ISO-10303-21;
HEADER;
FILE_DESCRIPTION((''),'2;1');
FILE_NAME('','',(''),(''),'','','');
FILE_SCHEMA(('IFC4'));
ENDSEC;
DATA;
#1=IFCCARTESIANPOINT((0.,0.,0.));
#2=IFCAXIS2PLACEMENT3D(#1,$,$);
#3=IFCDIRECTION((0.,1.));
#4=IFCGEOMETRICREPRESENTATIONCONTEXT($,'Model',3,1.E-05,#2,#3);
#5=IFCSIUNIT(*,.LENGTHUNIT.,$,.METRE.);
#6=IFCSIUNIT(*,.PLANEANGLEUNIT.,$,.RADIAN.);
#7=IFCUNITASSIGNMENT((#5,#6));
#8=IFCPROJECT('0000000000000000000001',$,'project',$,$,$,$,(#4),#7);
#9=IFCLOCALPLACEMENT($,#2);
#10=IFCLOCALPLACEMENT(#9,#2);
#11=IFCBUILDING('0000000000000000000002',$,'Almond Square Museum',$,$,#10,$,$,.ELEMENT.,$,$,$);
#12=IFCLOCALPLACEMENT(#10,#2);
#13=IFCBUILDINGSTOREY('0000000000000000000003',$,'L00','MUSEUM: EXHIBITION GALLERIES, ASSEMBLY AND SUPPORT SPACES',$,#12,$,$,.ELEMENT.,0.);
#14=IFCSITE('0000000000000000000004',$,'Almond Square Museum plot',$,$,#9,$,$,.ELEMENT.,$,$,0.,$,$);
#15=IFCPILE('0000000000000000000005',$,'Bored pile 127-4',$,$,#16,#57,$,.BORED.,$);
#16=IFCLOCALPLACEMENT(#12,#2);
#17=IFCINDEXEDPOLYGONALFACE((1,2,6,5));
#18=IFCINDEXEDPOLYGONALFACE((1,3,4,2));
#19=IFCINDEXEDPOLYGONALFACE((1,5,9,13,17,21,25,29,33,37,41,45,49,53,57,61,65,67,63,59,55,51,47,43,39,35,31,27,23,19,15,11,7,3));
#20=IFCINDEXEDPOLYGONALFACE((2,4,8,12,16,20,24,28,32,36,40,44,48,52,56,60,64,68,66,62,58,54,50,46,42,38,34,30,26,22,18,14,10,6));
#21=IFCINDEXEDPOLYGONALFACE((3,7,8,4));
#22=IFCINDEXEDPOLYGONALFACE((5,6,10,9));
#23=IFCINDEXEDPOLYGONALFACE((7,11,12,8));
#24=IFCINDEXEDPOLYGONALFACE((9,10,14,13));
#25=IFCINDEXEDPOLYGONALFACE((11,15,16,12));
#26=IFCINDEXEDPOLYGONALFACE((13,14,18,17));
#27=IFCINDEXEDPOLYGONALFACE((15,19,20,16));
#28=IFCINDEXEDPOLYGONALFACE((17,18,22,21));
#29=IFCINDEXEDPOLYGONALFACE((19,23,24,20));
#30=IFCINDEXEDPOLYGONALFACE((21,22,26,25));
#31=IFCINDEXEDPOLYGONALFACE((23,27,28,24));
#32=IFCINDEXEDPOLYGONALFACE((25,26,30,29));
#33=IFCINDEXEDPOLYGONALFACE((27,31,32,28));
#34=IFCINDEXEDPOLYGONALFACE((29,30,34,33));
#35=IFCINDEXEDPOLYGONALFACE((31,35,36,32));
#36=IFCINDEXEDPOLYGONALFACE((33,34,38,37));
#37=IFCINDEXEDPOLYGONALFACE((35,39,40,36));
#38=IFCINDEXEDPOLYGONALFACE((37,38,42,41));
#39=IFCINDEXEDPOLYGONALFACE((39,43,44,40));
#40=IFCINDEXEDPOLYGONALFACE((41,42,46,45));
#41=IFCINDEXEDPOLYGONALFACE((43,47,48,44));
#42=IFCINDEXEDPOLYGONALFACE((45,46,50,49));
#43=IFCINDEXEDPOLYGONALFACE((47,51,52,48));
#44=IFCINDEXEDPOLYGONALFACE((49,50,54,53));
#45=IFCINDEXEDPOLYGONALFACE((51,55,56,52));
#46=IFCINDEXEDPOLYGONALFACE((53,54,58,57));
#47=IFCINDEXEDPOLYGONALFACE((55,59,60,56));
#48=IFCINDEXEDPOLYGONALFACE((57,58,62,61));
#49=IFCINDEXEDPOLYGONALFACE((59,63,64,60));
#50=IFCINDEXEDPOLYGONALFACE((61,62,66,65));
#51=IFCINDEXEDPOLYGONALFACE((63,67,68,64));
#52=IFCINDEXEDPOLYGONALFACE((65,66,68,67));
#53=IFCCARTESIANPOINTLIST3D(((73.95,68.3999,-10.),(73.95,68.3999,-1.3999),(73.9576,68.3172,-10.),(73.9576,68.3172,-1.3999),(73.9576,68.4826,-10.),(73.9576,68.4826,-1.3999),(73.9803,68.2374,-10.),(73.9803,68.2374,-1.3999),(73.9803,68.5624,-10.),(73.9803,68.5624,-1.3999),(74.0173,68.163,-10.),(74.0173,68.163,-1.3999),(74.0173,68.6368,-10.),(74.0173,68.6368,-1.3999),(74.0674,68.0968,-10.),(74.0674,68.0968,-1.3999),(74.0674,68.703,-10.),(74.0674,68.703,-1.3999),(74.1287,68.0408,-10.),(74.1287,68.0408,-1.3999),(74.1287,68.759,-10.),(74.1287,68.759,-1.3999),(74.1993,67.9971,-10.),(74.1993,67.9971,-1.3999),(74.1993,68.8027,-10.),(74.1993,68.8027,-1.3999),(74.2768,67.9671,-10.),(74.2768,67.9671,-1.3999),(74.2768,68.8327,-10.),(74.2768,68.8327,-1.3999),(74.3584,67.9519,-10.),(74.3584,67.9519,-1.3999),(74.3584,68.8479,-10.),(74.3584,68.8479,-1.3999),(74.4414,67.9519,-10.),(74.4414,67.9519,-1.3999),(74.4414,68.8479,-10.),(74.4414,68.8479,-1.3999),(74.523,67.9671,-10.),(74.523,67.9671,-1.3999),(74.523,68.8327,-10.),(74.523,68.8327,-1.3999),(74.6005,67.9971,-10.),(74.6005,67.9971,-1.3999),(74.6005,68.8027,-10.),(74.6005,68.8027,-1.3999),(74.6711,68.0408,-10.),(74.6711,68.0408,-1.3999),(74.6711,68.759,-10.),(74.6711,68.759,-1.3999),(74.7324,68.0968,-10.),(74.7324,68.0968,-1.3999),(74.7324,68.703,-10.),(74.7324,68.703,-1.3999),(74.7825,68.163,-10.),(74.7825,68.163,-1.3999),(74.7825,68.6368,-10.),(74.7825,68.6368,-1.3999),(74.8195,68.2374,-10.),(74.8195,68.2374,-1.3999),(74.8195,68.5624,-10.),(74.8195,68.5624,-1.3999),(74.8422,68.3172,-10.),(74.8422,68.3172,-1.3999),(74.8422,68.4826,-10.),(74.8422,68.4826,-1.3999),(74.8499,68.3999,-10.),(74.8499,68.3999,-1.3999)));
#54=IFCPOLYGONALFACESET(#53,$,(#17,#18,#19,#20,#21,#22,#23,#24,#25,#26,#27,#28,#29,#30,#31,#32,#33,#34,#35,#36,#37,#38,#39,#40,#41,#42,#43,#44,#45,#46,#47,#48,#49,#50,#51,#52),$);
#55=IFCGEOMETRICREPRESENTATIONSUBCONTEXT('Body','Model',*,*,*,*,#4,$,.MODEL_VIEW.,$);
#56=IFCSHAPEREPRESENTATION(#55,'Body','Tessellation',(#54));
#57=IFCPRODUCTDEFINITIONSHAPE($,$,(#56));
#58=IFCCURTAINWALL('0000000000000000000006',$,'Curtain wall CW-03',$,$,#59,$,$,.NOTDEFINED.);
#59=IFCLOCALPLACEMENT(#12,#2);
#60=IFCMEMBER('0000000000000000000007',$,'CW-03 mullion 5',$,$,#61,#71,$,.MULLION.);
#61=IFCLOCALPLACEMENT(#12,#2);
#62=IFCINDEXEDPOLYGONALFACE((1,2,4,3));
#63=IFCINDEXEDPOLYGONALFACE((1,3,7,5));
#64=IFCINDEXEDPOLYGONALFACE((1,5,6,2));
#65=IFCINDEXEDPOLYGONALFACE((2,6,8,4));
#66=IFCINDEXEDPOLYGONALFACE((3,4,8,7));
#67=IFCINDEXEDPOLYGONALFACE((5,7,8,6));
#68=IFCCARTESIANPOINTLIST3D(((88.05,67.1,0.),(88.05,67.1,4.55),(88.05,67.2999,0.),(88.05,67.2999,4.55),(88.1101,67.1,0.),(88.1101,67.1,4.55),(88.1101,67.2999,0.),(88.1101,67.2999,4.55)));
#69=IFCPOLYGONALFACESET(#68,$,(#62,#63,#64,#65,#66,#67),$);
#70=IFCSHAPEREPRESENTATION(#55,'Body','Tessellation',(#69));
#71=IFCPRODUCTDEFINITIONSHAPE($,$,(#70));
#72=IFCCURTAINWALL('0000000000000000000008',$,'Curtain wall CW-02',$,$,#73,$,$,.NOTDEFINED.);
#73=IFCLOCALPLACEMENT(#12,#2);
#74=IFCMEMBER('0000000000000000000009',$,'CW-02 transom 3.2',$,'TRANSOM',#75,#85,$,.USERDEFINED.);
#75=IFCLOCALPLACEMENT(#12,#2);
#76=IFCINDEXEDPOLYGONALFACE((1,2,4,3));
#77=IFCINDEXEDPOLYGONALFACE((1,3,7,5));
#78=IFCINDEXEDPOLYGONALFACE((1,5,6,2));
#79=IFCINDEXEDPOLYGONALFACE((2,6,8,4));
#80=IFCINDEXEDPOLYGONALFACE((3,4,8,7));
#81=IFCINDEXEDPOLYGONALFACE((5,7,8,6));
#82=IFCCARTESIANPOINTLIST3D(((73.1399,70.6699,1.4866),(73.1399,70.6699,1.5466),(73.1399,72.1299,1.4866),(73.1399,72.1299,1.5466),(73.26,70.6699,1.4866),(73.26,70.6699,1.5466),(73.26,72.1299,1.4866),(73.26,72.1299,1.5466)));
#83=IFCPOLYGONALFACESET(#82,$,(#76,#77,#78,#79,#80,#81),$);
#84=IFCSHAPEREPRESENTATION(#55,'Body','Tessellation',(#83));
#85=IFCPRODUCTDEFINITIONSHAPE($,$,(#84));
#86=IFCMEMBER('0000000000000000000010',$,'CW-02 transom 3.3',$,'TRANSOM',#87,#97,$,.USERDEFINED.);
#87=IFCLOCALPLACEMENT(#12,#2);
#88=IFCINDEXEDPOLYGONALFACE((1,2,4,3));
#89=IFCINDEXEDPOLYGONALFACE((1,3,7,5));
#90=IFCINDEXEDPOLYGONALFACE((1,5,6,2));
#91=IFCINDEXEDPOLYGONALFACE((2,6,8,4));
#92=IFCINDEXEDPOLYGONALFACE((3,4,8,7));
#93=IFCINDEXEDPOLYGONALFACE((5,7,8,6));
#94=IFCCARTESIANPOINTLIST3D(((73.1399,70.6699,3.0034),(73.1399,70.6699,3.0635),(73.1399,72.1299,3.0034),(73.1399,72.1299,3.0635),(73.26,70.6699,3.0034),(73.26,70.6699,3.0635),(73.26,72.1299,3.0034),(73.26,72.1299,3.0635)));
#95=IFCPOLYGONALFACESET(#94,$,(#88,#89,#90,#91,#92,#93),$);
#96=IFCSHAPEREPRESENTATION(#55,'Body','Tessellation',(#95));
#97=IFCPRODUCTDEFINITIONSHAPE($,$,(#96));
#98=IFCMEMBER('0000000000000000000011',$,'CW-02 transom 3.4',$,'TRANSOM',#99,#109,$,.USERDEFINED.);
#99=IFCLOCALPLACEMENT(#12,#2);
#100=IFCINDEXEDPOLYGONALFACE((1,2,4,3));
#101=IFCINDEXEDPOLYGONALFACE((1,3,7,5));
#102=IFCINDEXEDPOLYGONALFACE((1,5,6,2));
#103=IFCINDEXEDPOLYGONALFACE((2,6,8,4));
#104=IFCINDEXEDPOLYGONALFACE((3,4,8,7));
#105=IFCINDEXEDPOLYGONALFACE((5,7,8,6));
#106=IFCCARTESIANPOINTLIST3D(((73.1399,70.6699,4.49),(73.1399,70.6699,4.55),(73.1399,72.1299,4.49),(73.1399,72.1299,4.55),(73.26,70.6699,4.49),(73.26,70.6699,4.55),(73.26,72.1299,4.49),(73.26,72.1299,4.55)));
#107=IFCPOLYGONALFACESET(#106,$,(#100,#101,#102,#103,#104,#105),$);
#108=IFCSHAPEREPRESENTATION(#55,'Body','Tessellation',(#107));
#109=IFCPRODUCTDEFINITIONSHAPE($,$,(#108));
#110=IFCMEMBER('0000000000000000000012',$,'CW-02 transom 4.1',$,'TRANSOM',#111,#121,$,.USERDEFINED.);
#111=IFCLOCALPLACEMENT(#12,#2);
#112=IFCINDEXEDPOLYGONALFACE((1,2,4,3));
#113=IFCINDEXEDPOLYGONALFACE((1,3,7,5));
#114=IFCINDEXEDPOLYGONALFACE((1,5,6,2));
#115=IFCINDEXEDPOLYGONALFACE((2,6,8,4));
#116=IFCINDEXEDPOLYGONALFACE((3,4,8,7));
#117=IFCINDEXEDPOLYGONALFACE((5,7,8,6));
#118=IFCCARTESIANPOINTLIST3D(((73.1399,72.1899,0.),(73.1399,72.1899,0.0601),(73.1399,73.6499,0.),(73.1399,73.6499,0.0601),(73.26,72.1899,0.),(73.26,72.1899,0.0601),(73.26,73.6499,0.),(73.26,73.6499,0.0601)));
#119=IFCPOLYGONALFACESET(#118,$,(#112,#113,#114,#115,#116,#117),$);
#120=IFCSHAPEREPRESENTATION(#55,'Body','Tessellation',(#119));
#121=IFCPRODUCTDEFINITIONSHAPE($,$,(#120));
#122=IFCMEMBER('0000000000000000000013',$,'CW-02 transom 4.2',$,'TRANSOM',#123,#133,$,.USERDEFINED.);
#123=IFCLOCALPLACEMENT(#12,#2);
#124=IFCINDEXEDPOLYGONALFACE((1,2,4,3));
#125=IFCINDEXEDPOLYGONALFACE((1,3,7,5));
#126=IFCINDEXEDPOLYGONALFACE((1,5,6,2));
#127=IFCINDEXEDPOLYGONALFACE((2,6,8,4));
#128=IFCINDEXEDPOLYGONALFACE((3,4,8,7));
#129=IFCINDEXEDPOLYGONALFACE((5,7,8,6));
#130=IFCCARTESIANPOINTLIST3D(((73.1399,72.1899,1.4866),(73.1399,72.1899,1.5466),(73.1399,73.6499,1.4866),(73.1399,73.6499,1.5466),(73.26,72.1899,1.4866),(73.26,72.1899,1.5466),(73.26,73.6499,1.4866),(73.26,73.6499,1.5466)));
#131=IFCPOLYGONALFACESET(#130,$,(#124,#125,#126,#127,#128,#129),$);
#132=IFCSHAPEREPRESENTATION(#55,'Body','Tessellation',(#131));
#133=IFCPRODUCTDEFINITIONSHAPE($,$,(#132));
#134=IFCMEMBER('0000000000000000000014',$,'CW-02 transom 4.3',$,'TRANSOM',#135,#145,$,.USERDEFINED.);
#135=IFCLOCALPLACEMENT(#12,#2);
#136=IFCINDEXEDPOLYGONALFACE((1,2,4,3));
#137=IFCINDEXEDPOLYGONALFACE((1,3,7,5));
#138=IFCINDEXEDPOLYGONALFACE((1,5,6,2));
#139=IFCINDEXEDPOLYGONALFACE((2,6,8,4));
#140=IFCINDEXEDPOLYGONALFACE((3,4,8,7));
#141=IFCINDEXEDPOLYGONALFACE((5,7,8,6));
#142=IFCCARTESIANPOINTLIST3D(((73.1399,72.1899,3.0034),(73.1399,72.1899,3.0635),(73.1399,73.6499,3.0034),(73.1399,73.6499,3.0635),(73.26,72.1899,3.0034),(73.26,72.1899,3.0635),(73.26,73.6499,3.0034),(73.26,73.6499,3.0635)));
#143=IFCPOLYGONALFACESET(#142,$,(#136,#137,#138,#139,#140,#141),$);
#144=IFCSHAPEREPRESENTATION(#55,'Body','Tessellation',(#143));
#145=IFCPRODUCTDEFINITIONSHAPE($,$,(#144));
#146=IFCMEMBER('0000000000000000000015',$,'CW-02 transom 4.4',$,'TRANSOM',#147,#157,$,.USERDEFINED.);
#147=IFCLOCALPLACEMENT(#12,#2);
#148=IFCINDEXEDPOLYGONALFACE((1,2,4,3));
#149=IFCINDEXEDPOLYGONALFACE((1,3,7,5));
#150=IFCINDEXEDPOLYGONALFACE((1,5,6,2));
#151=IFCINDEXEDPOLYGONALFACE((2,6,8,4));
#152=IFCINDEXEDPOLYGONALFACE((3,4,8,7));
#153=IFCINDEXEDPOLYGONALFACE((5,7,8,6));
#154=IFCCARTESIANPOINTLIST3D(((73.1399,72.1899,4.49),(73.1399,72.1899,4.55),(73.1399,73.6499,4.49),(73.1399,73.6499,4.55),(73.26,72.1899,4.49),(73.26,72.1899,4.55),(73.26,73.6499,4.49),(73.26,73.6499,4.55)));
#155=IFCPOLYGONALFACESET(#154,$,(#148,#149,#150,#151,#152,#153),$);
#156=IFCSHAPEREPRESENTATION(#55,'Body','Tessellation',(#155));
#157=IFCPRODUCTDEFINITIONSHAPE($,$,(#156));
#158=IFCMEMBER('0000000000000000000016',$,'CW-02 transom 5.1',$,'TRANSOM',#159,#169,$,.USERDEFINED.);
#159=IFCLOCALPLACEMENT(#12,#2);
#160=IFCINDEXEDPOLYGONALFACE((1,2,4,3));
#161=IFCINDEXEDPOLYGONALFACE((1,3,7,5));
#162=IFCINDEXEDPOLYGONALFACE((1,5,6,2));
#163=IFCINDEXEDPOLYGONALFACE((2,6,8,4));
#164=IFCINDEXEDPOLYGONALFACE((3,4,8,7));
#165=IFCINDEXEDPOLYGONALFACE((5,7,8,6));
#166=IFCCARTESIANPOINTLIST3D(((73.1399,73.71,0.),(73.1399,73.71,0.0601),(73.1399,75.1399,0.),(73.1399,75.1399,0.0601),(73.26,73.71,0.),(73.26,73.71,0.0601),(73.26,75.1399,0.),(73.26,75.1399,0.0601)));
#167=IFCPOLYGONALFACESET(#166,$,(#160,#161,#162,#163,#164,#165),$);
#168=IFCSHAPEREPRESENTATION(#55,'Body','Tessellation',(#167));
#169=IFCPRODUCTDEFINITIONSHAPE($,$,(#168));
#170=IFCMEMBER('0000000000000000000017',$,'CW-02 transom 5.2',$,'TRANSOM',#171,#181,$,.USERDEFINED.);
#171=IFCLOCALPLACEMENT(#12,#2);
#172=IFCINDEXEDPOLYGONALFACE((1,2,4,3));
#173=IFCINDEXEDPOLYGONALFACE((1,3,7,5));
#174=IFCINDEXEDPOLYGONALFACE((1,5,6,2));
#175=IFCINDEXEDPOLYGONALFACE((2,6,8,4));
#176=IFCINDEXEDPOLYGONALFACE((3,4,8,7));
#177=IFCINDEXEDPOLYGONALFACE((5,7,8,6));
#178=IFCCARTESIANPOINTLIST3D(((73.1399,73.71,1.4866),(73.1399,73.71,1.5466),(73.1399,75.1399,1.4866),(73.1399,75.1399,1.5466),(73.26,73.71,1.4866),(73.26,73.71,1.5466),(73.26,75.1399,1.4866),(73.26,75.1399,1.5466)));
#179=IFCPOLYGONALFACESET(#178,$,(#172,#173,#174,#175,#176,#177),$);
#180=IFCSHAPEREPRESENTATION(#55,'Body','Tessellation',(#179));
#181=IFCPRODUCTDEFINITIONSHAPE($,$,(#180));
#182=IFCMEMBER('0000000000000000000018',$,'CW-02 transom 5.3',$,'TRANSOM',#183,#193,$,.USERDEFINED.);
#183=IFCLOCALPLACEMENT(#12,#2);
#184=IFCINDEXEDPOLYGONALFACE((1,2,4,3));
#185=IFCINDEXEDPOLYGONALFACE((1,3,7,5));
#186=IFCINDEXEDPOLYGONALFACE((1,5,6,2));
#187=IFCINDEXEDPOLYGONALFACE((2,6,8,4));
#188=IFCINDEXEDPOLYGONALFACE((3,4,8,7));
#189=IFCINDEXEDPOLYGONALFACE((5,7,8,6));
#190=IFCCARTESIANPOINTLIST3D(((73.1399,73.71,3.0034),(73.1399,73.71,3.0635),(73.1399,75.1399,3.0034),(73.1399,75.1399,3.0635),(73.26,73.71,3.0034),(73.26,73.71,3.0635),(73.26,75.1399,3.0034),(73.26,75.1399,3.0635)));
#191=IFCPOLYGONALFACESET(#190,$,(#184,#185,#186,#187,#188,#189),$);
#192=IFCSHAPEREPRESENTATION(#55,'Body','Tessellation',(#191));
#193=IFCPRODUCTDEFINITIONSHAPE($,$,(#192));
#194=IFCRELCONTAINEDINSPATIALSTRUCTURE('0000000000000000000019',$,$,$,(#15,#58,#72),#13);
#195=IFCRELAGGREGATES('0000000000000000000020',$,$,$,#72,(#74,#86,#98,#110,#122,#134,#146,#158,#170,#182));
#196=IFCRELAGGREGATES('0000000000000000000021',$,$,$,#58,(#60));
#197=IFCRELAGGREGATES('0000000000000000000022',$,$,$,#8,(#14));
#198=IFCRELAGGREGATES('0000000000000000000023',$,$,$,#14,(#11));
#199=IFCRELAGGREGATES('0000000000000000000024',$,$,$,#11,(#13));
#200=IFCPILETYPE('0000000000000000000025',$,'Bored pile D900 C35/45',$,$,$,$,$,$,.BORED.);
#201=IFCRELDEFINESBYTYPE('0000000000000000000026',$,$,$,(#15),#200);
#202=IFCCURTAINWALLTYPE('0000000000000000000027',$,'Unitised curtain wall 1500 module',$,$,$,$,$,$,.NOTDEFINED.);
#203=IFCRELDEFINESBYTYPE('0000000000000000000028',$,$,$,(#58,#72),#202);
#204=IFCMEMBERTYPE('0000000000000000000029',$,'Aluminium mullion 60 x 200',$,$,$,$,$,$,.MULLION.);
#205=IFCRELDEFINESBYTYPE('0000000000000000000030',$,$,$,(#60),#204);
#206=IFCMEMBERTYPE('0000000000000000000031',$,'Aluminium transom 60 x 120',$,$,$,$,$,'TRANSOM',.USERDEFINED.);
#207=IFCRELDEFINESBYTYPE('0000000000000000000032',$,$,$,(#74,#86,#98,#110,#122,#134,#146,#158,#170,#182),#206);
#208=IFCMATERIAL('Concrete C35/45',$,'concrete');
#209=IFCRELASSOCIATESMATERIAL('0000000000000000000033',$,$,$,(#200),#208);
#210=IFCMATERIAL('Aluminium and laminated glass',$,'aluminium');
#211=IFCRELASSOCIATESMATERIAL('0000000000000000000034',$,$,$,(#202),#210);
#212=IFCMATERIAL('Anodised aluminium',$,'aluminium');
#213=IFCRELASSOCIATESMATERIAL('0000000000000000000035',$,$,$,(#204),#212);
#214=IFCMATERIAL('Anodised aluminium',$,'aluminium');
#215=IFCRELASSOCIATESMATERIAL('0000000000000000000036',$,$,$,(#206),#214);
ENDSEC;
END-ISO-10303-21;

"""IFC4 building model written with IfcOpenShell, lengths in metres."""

from ifc_helpers import new_model, si_unit, direction, frame, origin, origin_2d, place, context, subcontext, project, spatial, rectangle, circle, extrude, material, material_profile, profile_set, type_object, element, aggregate, save


model = new_model("IFC4")

# Units and contexts
model_context = context("Model", 3, precision=1e-05, world=origin(), true_north=direction((0.0, 1.0)))
body_context = subcontext(model_context, "Body", "Model", "MODEL_VIEW")
ifc_project = project(units=[si_unit("LENGTHUNIT", "METRE"), si_unit("PLANEANGLEUNIT", "RADIAN")], contexts=[model_context])

# Site, building, storey
site_placement = place(None, origin())
site = spatial("IfcSite", under=ifc_project, at=site_placement, Name="Almond Square Museum plot", CompositionType="ELEMENT", RefElevation=0.0)
building_placement = place(site_placement, origin())
building = spatial("IfcBuilding", under=site, at=building_placement, Name="Almond Square Museum", CompositionType="ELEMENT")
storey_placement = place(building_placement, origin())
storey = spatial("IfcBuildingStorey", under=building, at=storey_placement, Name="L00", Description="MUSEUM: EXHIBITION GALLERIES, ASSEMBLY AND SUPPORT SPACES", CompositionType="ELEMENT", Elevation=0.0)

# Pile
ifc_material_1 = material(Name="Concrete C35/45", Category="concrete")
ifc_material_profile_1 = material_profile(ifc_material_1, circle(Radius=0.45, at=origin_2d()))
ifc_profile_set_1 = profile_set([ifc_material_profile_1], Name="Concrete C35/45")
pile_type = type_object("IfcPileType", Name="Bored pile D900 C35/45", PredefinedType="BORED", material=ifc_profile_set_1)
pile_placement = place(storey_placement, frame((74.3999, 68.3999, -1.3999), z_axis=(0.0, 0.0, -1.0), x_axis=(1.0, 0.0, 0.0)))
element("IfcPile", 1, at=pile_placement, inside=storey, type_object=pile_type, Name="Bored pile 127-4", PredefinedType="BORED", context=body_context, shape_type="SweptSolid", body=[
    extrude(circle(Radius=0.45, at=origin_2d()), origin(), (0.0, 0.0, 1.0), 8.6001),
])

# Curtain wall, member
ifc_material_2 = material(Name="Aluminium and laminated glass", Category="aluminium")
curtain_wall_type = type_object("IfcCurtainWallType", Name="Unitised curtain wall 1500 module", PredefinedType="NOTDEFINED", material=ifc_material_2)
curtain_wall_1_placement = place(storey_placement, origin())
curtain_wall_1 = element("IfcCurtainWall", 2, at=curtain_wall_1_placement, inside=storey, type_object=curtain_wall_type, Name="Curtain wall CW-03", PredefinedType="NOTDEFINED")
ifc_material_3 = material(Name="Anodised aluminium", Category="aluminium")
ifc_material_profile_2 = material_profile(ifc_material_3, rectangle(XDim=0.2, YDim=0.0601, at=origin_2d()))
ifc_profile_set_2 = profile_set([ifc_material_profile_2], Name="Anodised aluminium")
member_type_1 = type_object("IfcMemberType", Name="Aluminium mullion 60 x 200", PredefinedType="MULLION", material=ifc_profile_set_2)
member_1_placement = place(storey_placement, frame((88.0801, 67.2, 0.0), z_axis=(0.0, 0.0, 1.0), x_axis=(0.0, 1.0, 0.0)))
member_1 = element("IfcMember", 3, at=member_1_placement, type_object=member_type_1, Name="CW-03 mullion 5", PredefinedType="MULLION", context=body_context, shape_type="SweptSolid", body=[
    extrude(rectangle(XDim=0.2, YDim=0.0601, at=origin_2d()), origin(), (0.0, 0.0, 1.0), 4.55),
])

# Curtain wall, members
curtain_wall_2_placement = place(storey_placement, origin())
curtain_wall_2 = element("IfcCurtainWall", 4, at=curtain_wall_2_placement, inside=storey, type_object=curtain_wall_type, Name="Curtain wall CW-02", PredefinedType="NOTDEFINED")
ifc_material_4 = material(Name="Anodised aluminium", Category="aluminium")
ifc_material_profile_3 = material_profile(ifc_material_4, rectangle(XDim=0.1201, YDim=0.0601, at=origin_2d()))
ifc_profile_set_3 = profile_set([ifc_material_profile_3], Name="Anodised aluminium")
member_type_2 = type_object("IfcMemberType", Name="Aluminium transom 60 x 120", ElementType="TRANSOM", PredefinedType="USERDEFINED", material=ifc_profile_set_3)
member_2_placement = place(storey_placement, frame((73.2, 70.6699, 1.5166), z_axis=(0.0, 1.0, 0.0), x_axis=(-1.0, 0.0, 0.0)))
member_2 = element("IfcMember", 5, at=member_2_placement, type_object=member_type_2, Name="CW-02 transom 3.2", ObjectType="TRANSOM", PredefinedType="USERDEFINED", context=body_context, shape_type="SweptSolid", body=[
    extrude(rectangle(XDim=0.1201, YDim=0.0601, at=origin_2d()), origin(), (0.0, 0.0, 1.0), 1.46),
])
member_3_placement = place(storey_placement, frame((73.2, 70.6699, 3.0334), z_axis=(0.0, 1.0, 0.0), x_axis=(-1.0, 0.0, 0.0)))
member_3 = element("IfcMember", 6, at=member_3_placement, type_object=member_type_2, Name="CW-02 transom 3.3", ObjectType="TRANSOM", PredefinedType="USERDEFINED", context=body_context, shape_type="SweptSolid", body=[
    extrude(rectangle(XDim=0.1201, YDim=0.0601, at=origin_2d()), origin(), (0.0, 0.0, 1.0), 1.46),
])
member_4_placement = place(storey_placement, frame((73.2, 70.6699, 4.52), z_axis=(0.0, 1.0, 0.0), x_axis=(-1.0, 0.0, 0.0)))
member_4 = element("IfcMember", 7, at=member_4_placement, type_object=member_type_2, Name="CW-02 transom 3.4", ObjectType="TRANSOM", PredefinedType="USERDEFINED", context=body_context, shape_type="SweptSolid", body=[
    extrude(rectangle(XDim=0.1201, YDim=0.0601, at=origin_2d()), origin(), (0.0, 0.0, 1.0), 1.46),
])
member_5_placement = place(storey_placement, frame((73.2, 72.1899, 0.03), z_axis=(0.0, 1.0, 0.0), x_axis=(-1.0, 0.0, 0.0)))
member_5 = element("IfcMember", 8, at=member_5_placement, type_object=member_type_2, Name="CW-02 transom 4.1", ObjectType="TRANSOM", PredefinedType="USERDEFINED", context=body_context, shape_type="SweptSolid", body=[
    extrude(rectangle(XDim=0.1201, YDim=0.0601, at=origin_2d()), origin(), (0.0, 0.0, 1.0), 1.46),
])
member_6_placement = place(storey_placement, frame((73.2, 72.1899, 1.5166), z_axis=(0.0, 1.0, 0.0), x_axis=(-1.0, 0.0, 0.0)))
member_6 = element("IfcMember", 9, at=member_6_placement, type_object=member_type_2, Name="CW-02 transom 4.2", ObjectType="TRANSOM", PredefinedType="USERDEFINED", context=body_context, shape_type="SweptSolid", body=[
    extrude(rectangle(XDim=0.1201, YDim=0.0601, at=origin_2d()), origin(), (0.0, 0.0, 1.0), 1.46),
])
member_7_placement = place(storey_placement, frame((73.2, 72.1899, 3.0334), z_axis=(0.0, 1.0, 0.0), x_axis=(-1.0, 0.0, 0.0)))
member_7 = element("IfcMember", 10, at=member_7_placement, type_object=member_type_2, Name="CW-02 transom 4.3", ObjectType="TRANSOM", PredefinedType="USERDEFINED", context=body_context, shape_type="SweptSolid", body=[
    extrude(rectangle(XDim=0.1201, YDim=0.0601, at=origin_2d()), origin(), (0.0, 0.0, 1.0), 1.46),
])
member_8_placement = place(storey_placement, frame((73.2, 72.1899, 4.52), z_axis=(0.0, 1.0, 0.0), x_axis=(-1.0, 0.0, 0.0)))
member_8 = element("IfcMember", 11, at=member_8_placement, type_object=member_type_2, Name="CW-02 transom 4.4", ObjectType="TRANSOM", PredefinedType="USERDEFINED", context=body_context, shape_type="SweptSolid", body=[
    extrude(rectangle(XDim=0.1201, YDim=0.0601, at=origin_2d()), origin(), (0.0, 0.0, 1.0), 1.46),
])
member_9_placement = place(storey_placement, frame((73.2, 73.71, 0.03), z_axis=(0.0, 1.0, 0.0), x_axis=(-1.0, 0.0, 0.0)))
member_9 = element("IfcMember", 12, at=member_9_placement, type_object=member_type_2, Name="CW-02 transom 5.1", ObjectType="TRANSOM", PredefinedType="USERDEFINED", context=body_context, shape_type="SweptSolid", body=[
    extrude(rectangle(XDim=0.1201, YDim=0.0601, at=origin_2d()), origin(), (0.0, 0.0, 1.0), 1.4299),
])
member_10_placement = place(storey_placement, frame((73.2, 73.71, 1.5166), z_axis=(0.0, 1.0, 0.0), x_axis=(-1.0, 0.0, 0.0)))
member_10 = element("IfcMember", 13, at=member_10_placement, type_object=member_type_2, Name="CW-02 transom 5.2", ObjectType="TRANSOM", PredefinedType="USERDEFINED", context=body_context, shape_type="SweptSolid", body=[
    extrude(rectangle(XDim=0.1201, YDim=0.0601, at=origin_2d()), origin(), (0.0, 0.0, 1.0), 1.4299),
])
member_11_placement = place(storey_placement, frame((73.2, 73.71, 3.0334), z_axis=(0.0, 1.0, 0.0), x_axis=(-1.0, 0.0, 0.0)))
member_11 = element("IfcMember", 14, at=member_11_placement, type_object=member_type_2, Name="CW-02 transom 5.3", ObjectType="TRANSOM", PredefinedType="USERDEFINED", context=body_context, shape_type="SweptSolid", body=[
    extrude(rectangle(XDim=0.1201, YDim=0.0601, at=origin_2d()), origin(), (0.0, 0.0, 1.0), 1.4299),
])

aggregate(curtain_wall_2, [member_2, member_3, member_4, member_5, member_6, member_7, member_8, member_9, member_10, member_11])
aggregate(curtain_wall_1, [member_1])

save(model, "model.ifc")
